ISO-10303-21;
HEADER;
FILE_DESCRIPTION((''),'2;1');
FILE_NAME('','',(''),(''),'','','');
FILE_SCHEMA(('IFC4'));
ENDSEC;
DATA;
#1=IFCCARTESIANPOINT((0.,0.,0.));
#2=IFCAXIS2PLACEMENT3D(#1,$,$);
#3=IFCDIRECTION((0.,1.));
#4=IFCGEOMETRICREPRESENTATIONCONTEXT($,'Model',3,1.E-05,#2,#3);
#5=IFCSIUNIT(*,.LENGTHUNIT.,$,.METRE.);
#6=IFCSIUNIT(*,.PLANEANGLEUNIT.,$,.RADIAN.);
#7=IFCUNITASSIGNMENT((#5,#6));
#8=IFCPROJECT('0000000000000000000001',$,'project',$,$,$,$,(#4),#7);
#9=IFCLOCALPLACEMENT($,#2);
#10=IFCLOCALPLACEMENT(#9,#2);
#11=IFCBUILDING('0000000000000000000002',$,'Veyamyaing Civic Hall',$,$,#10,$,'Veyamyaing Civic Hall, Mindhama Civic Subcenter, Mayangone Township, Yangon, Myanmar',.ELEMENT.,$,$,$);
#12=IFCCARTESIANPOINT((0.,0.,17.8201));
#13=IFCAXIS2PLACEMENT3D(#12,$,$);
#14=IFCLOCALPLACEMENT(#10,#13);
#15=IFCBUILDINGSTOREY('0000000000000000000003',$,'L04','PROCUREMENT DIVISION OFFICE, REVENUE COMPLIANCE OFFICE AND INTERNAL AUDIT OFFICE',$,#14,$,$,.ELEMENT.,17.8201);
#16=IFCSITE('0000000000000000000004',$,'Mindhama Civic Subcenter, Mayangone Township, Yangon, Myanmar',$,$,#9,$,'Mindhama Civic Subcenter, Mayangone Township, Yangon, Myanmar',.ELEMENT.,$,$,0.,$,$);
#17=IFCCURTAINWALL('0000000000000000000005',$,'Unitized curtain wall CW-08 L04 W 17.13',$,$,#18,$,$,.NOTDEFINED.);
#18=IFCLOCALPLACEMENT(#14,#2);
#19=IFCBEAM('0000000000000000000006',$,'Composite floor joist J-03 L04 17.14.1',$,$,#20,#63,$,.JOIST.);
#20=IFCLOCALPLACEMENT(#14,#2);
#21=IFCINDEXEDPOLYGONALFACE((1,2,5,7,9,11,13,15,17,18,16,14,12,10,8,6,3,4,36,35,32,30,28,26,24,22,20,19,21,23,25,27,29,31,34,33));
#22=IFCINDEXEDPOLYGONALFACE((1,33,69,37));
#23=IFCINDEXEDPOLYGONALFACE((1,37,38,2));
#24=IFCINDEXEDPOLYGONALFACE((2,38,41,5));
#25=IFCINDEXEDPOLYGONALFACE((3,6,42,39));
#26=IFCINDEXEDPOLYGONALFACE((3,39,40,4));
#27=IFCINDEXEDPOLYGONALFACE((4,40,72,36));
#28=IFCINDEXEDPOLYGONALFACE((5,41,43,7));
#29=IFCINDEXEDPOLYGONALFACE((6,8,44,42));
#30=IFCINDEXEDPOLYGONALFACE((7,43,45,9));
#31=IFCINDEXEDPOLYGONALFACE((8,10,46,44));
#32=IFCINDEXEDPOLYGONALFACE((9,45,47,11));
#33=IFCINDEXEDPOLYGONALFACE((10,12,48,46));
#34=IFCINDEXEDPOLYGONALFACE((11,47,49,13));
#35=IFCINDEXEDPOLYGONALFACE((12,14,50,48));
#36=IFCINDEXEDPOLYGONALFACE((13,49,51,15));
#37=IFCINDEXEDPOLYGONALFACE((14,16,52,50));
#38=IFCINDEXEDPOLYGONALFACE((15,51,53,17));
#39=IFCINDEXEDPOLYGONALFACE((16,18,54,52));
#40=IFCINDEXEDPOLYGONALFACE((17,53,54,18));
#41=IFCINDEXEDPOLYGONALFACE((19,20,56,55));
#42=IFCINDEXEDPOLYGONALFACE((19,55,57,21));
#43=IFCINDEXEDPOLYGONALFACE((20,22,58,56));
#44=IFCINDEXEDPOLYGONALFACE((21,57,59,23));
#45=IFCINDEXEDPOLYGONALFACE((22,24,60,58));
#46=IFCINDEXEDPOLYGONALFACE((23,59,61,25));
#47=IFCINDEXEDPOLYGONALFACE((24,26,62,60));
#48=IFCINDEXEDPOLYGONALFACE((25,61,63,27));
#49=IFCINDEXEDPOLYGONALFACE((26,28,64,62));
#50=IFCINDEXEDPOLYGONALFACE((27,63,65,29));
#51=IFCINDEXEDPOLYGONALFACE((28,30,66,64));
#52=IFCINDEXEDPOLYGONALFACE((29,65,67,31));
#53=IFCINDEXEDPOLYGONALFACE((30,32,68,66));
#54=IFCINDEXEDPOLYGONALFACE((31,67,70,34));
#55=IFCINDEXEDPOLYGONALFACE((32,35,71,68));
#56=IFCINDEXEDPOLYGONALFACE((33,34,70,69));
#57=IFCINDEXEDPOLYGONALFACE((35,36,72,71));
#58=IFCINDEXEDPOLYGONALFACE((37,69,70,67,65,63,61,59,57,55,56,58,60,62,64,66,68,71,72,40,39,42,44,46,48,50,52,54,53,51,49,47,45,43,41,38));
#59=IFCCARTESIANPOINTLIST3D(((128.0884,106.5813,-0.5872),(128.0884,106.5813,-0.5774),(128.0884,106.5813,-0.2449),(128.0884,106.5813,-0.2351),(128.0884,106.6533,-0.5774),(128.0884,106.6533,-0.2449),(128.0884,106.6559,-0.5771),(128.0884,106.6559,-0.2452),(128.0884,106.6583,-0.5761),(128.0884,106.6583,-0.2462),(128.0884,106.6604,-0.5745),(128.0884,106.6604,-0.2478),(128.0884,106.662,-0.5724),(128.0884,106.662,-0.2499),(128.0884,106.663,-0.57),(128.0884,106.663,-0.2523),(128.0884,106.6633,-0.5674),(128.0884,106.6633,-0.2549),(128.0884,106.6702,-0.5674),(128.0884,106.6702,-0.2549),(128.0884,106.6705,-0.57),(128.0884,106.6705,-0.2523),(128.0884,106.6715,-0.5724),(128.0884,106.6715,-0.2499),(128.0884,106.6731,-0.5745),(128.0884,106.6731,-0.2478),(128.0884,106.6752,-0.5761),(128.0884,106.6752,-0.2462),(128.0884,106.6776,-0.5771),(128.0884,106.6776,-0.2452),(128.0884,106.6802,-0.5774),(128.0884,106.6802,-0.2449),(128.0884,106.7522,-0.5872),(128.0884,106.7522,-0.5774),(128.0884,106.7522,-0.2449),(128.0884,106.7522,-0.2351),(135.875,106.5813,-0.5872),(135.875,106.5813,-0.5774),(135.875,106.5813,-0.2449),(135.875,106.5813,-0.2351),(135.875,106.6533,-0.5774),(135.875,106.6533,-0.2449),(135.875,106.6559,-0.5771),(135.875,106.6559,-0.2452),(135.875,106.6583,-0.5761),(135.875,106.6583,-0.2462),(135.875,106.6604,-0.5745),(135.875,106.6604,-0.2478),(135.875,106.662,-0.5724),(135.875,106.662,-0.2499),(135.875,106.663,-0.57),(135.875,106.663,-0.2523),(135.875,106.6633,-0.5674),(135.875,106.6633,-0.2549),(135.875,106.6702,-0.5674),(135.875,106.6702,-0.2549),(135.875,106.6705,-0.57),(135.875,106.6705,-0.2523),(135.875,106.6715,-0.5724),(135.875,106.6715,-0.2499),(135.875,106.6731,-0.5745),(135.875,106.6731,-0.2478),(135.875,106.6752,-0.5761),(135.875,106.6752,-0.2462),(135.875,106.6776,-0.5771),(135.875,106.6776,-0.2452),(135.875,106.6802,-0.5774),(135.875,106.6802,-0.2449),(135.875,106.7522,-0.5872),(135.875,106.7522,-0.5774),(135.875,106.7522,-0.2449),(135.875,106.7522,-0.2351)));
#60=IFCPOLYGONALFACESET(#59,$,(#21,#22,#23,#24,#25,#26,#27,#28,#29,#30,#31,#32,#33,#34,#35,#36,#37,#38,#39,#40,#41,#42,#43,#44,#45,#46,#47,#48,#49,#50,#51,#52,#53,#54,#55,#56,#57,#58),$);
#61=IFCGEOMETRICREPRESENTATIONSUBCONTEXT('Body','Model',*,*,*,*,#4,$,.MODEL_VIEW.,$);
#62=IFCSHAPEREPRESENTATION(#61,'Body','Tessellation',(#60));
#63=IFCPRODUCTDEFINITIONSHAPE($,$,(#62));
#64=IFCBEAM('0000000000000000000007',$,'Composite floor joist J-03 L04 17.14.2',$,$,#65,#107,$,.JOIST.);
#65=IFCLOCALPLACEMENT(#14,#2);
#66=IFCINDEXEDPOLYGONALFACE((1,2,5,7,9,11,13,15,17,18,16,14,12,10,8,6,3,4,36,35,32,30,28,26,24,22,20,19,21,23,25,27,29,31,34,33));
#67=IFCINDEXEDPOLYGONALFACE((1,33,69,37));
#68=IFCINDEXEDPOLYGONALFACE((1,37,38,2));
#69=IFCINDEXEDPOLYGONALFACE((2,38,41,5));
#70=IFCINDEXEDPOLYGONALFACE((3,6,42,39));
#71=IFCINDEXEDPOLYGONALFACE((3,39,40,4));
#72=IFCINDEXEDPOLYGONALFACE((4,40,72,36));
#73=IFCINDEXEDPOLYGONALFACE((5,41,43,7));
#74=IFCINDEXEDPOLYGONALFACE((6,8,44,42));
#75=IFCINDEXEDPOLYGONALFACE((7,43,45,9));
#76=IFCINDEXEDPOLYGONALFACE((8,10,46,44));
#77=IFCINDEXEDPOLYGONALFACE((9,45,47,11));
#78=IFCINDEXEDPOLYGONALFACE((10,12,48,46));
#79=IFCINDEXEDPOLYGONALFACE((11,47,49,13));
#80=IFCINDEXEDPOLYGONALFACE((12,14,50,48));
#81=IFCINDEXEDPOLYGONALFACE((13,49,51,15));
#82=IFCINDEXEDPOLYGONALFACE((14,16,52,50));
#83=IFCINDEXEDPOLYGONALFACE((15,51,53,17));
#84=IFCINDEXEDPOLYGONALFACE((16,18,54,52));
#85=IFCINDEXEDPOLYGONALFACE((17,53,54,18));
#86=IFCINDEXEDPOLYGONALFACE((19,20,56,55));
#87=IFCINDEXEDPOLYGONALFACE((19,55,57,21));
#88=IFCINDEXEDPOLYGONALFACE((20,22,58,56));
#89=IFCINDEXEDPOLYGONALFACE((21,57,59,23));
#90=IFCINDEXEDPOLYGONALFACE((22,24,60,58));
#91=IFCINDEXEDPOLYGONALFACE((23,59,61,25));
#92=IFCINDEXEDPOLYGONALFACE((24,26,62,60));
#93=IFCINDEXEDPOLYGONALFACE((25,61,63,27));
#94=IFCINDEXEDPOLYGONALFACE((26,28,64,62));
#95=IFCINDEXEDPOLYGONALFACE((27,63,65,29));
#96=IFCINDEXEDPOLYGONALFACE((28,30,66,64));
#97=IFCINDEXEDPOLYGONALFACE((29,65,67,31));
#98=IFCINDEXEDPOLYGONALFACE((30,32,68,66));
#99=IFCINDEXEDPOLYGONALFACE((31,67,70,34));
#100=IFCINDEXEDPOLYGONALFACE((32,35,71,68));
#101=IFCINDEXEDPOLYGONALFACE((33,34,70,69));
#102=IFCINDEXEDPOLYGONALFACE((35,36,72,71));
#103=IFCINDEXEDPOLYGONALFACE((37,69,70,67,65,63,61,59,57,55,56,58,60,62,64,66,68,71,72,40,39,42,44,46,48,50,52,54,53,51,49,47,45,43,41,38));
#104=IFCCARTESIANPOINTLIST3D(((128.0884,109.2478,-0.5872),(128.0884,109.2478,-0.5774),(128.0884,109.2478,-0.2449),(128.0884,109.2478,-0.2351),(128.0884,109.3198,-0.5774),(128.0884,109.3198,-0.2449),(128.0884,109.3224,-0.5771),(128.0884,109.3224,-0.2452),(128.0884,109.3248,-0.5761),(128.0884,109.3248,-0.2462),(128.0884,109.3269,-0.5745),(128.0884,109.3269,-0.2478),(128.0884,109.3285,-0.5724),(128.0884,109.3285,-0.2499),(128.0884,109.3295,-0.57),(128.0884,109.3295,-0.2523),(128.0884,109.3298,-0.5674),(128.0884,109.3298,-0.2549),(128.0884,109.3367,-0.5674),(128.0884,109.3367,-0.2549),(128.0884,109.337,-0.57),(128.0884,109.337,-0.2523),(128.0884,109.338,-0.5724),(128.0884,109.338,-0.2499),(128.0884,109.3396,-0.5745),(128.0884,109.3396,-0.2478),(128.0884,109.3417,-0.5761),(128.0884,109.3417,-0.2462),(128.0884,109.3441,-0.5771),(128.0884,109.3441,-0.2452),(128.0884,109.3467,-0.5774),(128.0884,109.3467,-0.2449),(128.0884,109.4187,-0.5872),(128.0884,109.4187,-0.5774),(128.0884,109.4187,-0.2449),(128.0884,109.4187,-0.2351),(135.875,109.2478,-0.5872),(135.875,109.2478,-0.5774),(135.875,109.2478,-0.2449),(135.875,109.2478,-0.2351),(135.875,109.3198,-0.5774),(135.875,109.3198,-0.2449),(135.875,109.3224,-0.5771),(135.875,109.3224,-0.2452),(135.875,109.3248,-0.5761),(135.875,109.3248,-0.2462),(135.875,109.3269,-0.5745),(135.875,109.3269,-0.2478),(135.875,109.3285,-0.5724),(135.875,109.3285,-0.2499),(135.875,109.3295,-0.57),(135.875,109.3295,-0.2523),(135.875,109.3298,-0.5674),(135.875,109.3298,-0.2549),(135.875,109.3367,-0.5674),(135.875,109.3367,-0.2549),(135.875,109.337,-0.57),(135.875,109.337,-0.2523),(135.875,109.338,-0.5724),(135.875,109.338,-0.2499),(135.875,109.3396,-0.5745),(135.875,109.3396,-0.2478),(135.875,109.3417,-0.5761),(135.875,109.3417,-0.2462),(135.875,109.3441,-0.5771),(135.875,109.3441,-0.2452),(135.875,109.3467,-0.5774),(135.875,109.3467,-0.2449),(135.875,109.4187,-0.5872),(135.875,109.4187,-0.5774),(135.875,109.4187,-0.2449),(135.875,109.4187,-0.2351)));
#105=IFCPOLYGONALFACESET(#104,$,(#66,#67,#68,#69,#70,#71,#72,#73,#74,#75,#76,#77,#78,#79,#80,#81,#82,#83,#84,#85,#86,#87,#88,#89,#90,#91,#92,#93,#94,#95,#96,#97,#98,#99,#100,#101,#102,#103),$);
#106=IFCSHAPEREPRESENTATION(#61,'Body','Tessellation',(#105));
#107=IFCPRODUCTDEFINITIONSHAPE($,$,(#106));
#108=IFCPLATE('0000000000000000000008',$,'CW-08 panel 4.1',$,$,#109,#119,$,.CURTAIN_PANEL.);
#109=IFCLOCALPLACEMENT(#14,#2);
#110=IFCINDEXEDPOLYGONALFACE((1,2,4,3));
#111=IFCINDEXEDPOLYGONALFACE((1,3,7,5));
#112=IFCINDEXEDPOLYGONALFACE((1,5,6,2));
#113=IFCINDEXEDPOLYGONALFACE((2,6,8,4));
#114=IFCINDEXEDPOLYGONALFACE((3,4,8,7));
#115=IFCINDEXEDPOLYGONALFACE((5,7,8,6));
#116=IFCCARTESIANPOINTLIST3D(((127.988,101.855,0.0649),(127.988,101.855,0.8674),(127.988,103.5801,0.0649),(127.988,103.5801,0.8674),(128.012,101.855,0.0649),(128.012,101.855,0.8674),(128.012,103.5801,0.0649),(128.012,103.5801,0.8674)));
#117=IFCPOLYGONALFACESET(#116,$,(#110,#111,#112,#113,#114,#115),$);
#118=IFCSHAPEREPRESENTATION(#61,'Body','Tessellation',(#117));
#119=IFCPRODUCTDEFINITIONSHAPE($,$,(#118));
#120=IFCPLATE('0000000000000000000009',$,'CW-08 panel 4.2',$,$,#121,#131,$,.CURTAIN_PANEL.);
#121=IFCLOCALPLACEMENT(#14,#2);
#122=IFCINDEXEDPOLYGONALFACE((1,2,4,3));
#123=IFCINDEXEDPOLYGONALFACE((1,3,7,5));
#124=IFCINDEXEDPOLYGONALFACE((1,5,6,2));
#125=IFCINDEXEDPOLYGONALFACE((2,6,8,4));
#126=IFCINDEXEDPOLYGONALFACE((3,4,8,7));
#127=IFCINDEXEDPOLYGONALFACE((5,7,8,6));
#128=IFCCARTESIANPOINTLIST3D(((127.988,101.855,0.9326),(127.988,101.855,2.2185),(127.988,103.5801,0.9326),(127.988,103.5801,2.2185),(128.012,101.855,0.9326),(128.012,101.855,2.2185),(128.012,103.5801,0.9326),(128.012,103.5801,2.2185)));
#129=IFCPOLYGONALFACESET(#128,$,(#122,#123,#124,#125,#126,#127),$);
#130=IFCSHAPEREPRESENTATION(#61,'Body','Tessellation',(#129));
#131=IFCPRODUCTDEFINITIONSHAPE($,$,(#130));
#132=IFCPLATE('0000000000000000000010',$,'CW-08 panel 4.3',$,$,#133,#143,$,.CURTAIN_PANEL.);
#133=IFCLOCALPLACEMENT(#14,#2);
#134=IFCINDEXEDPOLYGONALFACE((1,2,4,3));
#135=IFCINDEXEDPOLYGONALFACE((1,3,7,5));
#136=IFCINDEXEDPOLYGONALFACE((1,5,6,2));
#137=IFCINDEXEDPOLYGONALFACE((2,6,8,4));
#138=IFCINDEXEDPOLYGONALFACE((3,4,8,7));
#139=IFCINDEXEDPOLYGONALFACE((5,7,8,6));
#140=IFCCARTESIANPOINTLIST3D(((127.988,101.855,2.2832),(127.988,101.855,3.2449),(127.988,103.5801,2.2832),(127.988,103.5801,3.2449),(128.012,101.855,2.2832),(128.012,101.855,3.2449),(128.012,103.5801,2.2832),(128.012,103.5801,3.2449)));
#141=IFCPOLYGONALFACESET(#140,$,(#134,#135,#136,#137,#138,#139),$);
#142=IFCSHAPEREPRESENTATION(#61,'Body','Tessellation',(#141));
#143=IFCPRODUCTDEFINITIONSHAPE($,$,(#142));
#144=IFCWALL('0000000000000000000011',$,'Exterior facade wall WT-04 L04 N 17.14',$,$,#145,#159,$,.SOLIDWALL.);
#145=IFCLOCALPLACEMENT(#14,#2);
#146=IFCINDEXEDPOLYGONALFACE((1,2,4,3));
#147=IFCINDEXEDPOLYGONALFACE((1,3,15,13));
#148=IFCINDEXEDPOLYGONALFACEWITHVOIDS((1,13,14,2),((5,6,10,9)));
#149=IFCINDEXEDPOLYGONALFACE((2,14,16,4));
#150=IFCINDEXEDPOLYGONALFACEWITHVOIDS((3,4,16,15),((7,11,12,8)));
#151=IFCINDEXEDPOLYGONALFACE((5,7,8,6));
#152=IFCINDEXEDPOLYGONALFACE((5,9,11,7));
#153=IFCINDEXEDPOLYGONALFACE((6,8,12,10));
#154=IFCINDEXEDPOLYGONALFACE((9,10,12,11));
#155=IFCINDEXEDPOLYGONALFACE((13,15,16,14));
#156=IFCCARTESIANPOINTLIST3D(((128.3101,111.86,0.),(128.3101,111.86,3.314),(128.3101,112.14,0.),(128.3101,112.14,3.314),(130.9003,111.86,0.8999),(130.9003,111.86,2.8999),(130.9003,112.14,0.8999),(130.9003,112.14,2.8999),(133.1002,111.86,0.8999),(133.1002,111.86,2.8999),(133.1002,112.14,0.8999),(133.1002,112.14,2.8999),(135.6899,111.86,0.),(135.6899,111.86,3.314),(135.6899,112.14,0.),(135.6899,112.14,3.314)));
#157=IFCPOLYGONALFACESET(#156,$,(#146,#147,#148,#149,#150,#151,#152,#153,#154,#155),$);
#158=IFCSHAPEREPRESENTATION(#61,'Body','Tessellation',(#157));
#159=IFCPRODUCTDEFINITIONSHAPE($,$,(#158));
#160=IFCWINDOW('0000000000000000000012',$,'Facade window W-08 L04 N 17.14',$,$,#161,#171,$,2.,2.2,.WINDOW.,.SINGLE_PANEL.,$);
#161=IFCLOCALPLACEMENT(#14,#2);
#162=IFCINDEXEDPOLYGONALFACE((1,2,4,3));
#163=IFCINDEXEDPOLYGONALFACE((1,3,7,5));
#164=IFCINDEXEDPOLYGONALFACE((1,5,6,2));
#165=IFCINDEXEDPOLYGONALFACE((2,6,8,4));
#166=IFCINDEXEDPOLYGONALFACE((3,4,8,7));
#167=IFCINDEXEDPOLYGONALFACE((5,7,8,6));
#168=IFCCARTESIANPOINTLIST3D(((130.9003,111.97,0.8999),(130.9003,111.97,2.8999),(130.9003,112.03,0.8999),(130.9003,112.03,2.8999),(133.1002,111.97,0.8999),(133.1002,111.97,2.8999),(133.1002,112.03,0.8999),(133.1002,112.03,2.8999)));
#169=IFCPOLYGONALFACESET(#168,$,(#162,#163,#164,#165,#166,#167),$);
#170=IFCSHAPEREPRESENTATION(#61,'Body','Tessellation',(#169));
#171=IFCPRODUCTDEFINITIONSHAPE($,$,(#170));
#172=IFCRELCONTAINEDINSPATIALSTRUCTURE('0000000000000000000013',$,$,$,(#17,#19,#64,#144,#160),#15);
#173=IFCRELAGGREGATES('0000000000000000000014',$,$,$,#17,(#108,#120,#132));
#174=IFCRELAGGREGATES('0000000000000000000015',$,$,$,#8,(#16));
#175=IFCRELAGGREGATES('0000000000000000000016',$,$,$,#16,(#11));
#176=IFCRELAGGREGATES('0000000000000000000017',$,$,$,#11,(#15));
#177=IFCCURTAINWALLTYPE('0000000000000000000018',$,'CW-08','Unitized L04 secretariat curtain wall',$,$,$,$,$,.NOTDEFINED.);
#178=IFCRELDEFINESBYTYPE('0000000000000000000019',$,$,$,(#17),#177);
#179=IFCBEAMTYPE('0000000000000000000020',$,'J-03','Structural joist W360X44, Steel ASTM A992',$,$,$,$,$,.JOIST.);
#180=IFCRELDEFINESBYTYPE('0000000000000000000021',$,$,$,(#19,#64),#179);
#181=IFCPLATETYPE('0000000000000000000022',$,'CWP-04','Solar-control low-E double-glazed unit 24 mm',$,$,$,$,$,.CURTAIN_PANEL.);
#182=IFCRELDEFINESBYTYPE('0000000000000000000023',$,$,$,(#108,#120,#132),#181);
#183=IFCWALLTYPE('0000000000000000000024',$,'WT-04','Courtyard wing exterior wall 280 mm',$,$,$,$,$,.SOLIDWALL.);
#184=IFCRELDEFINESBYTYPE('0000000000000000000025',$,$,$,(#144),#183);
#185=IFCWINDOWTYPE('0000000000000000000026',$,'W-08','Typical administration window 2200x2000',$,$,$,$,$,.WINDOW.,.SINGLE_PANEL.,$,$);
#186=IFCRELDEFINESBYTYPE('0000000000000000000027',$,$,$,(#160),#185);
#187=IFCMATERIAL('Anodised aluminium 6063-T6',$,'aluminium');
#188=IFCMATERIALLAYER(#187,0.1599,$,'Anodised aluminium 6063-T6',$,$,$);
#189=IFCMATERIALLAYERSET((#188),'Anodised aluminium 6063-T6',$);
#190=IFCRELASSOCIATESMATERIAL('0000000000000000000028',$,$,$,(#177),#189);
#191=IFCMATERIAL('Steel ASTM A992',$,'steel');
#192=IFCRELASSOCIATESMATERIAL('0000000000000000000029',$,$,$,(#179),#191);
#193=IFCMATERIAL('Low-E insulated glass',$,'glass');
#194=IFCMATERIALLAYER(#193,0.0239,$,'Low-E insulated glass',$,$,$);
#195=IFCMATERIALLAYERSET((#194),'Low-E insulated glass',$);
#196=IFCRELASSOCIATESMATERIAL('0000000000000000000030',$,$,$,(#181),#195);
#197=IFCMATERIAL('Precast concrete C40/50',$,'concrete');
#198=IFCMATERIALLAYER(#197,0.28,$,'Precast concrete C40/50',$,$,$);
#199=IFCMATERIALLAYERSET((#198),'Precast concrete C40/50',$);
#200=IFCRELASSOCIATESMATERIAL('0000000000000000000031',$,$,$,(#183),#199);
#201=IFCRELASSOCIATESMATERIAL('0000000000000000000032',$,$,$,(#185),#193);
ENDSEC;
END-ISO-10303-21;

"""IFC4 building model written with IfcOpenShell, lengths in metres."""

from ifc_helpers import new_model, si_unit, direction, frame, frame_2d, origin, origin_2d, place, context, subcontext, project, spatial, rectangle, i_section, extrude, material, layer, layer_set, material_profile, profile_set, type_object, element, fill, aggregate, save


model = new_model("IFC4")

# Units and contexts
model_context = context("Model", 3, precision=1e-05, world=origin(), true_north=direction((0.0, 1.0)))
body_context = subcontext(model_context, "Body", "Model", "MODEL_VIEW")
ifc_project = project(units=[si_unit("LENGTHUNIT", "METRE"), si_unit("PLANEANGLEUNIT", "RADIAN")], contexts=[model_context])

# Site, building, storey
site_placement = place(None, origin())
site = spatial("IfcSite", under=ifc_project, at=site_placement, Name="Mindhama Civic Subcenter, Mayangone Township, Yangon, Myanmar", LongName="Mindhama Civic Subcenter, Mayangone Township, Yangon, Myanmar", CompositionType="ELEMENT", RefElevation=0.0)
building_placement = place(site_placement, origin())
building = spatial("IfcBuilding", under=site, at=building_placement, Name="Veyamyaing Civic Hall", LongName="Veyamyaing Civic Hall, Mindhama Civic Subcenter, Mayangone Township, Yangon, Myanmar", CompositionType="ELEMENT")
storey_placement = place(building_placement, frame((0.0, 0.0, 17.8201)))
storey = spatial("IfcBuildingStorey", under=building, at=storey_placement, Name="L04", Description="PROCUREMENT DIVISION OFFICE, REVENUE COMPLIANCE OFFICE AND INTERNAL AUDIT OFFICE", CompositionType="ELEMENT", Elevation=17.8201)

# Shared definitions
ifc_material_1 = material(Name="Steel ASTM A992", Category="steel")

# Curtain wall
ifc_material_2 = material(Name="Anodised aluminium 6063-T6", Category="aluminium")
ifc_layer_1 = layer(ifc_material_2, 0.1599, Name="Anodised aluminium 6063-T6")
ifc_layer_set_1 = layer_set([ifc_layer_1], Name="Anodised aluminium 6063-T6")
curtain_wall_type = type_object("IfcCurtainWallType", Name="CW-08", Description="Unitized L04 secretariat curtain wall", PredefinedType="NOTDEFINED", material=ifc_layer_set_1)
curtain_wall_placement = place(storey_placement, origin())
curtain_wall = element("IfcCurtainWall", 1, at=curtain_wall_placement, inside=storey, type_object=curtain_wall_type, Name="Unitized curtain wall CW-08 L04 W 17.13", PredefinedType="NOTDEFINED")

# Beams
ifc_material_profile_1 = material_profile(ifc_material_1, i_section(OverallWidth=0.1709, OverallDepth=0.3521, WebThickness=0.0068, FlangeThickness=0.0098, FilletRadius=0.01, at=origin_2d()), Name="W360X44")
ifc_profile_set_1 = profile_set([ifc_material_profile_1], Name="Steel ASTM A992")
beam_type_1 = type_object("IfcBeamType", Name="J-03", Description="Structural joist W360X44, Steel ASTM A992", PredefinedType="JOIST", material=ifc_profile_set_1)
for number, where, z_axis, x_axis, name in (
    (2, (128.0884, 106.6667, -0.4111), (1.0, 0.0, 0.0), (0.0, 1.0, 0.0), "Composite floor joist J-03 L04 17.14.1"),
    (3, (128.0884, 109.3333, -0.4111), (1.0, 0.0, 0.0), (0.0, 1.0, 0.0), "Composite floor joist J-03 L04 17.14.2"),
):
    element("IfcBeam", number, at=place(storey_placement, frame(where, z_axis=z_axis, x_axis=x_axis)), inside=storey, type_object=beam_type_1, Name=name, PredefinedType="JOIST", context=body_context, shape_type="SweptSolid", body=[
        extrude(i_section(OverallWidth=0.1709, OverallDepth=0.3521, WebThickness=0.0068, FlangeThickness=0.0098, FilletRadius=0.01, at=origin_2d()), origin(), (0.0, 0.0, 1.0), 7.7866),
    ])

# Plates
ifc_material_3 = material(Name="Low-E insulated glass", Category="glass")
ifc_layer_2 = layer(ifc_material_3, 0.0239, Name="Low-E insulated glass")
ifc_layer_set_2 = layer_set([ifc_layer_2], Name="Low-E insulated glass")
plate_type = type_object("IfcPlateType", Name="CWP-04", Description="Solar-control low-E double-glazed unit 24 mm", PredefinedType="CURTAIN_PANEL", material=ifc_layer_set_2)
plate_1_placement = place(storey_placement, frame((128.0, 102.7175, 0.0649), z_axis=(0.0, 0.0, 1.0), x_axis=(0.0, 1.0, 0.0)))
plate_1 = element("IfcPlate", 4, at=plate_1_placement, type_object=plate_type, Name="CW-08 panel 4.1", PredefinedType="CURTAIN_PANEL", context=body_context, shape_type="SweptSolid", body=[
    extrude(rectangle(XDim=1.7251, YDim=0.0239, at=origin_2d()), origin(), (0.0, 0.0, 1.0), 0.8025),
])
plate_2_placement = place(storey_placement, frame((128.0, 102.7175, 0.9326), z_axis=(0.0, 0.0, 1.0), x_axis=(0.0, 1.0, 0.0)))
plate_2 = element("IfcPlate", 5, at=plate_2_placement, type_object=plate_type, Name="CW-08 panel 4.2", PredefinedType="CURTAIN_PANEL", context=body_context, shape_type="SweptSolid", body=[
    extrude(rectangle(XDim=1.7251, YDim=0.0239, at=origin_2d()), origin(), (0.0, 0.0, 1.0), 1.2859),
])
plate_3_placement = place(storey_placement, frame((128.0, 102.7175, 2.2832), z_axis=(0.0, 0.0, 1.0), x_axis=(0.0, 1.0, 0.0)))
plate_3 = element("IfcPlate", 6, at=plate_3_placement, type_object=plate_type, Name="CW-08 panel 4.3", PredefinedType="CURTAIN_PANEL", context=body_context, shape_type="SweptSolid", body=[
    extrude(rectangle(XDim=1.7251, YDim=0.0239, at=origin_2d()), origin(), (0.0, 0.0, 1.0), 0.9617),
])
aggregate(curtain_wall, [plate_1, plate_2, plate_3])

# Wall, opening, window
ifc_material_4 = material(Name="Precast concrete C40/50", Category="concrete")
ifc_layer_3 = layer(ifc_material_4, 0.28, Name="Precast concrete C40/50")
ifc_layer_set_3 = layer_set([ifc_layer_3], Name="Precast concrete C40/50")
wall_type_1 = type_object("IfcWallType", Name="WT-04", Description="Courtyard wing exterior wall 280 mm", PredefinedType="SOLIDWALL", material=ifc_layer_set_3)
wall_1_placement = place(storey_placement, frame((128.3101, 112.0, 0.0), z_axis=(0.0, 0.0, 1.0), x_axis=(1.0, 0.0, 0.0)))
wall_1 = element("IfcWall", 7, at=wall_1_placement, inside=storey, type_object=wall_type_1, Name="Exterior facade wall WT-04 L04 N 17.14", PredefinedType="SOLIDWALL", context=body_context, shape_type="SweptSolid", body=[
    extrude(rectangle(XDim=7.3799, YDim=0.28, at=frame_2d((3.6899, 0.0))), origin(), (0.0, 0.0, 1.0), 3.314),
])
opening_1_placement = place(wall_1_placement, frame((2.5901, 0.0, 0.8999)))
opening_1 = element("IfcOpeningElement", 8, at=opening_1_placement, cuts=wall_1, PredefinedType="OPENING", context=body_context, shape_type="SweptSolid", body=[
    extrude(rectangle(XDim=2.2, YDim=2.0, at=frame_2d((1.1001, 1.0))), frame((0.0, 0.1499, 0.0), z_axis=(0.0, -1.0, 0.0), x_axis=(1.0, 0.0, 0.0)), (0.0, 0.0, 1.0), 0.3),
])
window_type = type_object("IfcWindowType", Name="W-08", Description="Typical administration window 2200x2000", PartitioningType="SINGLE_PANEL", PredefinedType="WINDOW", material=ifc_material_3)
window_1_placement = place(opening_1_placement, origin())
window_1 = element("IfcWindow", 9, at=window_1_placement, inside=storey, type_object=window_type, Name="Facade window W-08 L04 N 17.14", OverallHeight=2.0, OverallWidth=2.2, PartitioningType="SINGLE_PANEL", PredefinedType="WINDOW", context=body_context, shape_type="SweptSolid", body=[
    extrude(rectangle(XDim=2.2, YDim=2.0, at=frame_2d((1.1001, 1.0))), frame((0.0, 0.03, 0.0), z_axis=(0.0, -1.0, 0.0), x_axis=(1.0, 0.0, 0.0)), (0.0, 0.0, 1.0), 0.0601),
])
fill(opening_1, window_1)

save(model, "model.ifc")
